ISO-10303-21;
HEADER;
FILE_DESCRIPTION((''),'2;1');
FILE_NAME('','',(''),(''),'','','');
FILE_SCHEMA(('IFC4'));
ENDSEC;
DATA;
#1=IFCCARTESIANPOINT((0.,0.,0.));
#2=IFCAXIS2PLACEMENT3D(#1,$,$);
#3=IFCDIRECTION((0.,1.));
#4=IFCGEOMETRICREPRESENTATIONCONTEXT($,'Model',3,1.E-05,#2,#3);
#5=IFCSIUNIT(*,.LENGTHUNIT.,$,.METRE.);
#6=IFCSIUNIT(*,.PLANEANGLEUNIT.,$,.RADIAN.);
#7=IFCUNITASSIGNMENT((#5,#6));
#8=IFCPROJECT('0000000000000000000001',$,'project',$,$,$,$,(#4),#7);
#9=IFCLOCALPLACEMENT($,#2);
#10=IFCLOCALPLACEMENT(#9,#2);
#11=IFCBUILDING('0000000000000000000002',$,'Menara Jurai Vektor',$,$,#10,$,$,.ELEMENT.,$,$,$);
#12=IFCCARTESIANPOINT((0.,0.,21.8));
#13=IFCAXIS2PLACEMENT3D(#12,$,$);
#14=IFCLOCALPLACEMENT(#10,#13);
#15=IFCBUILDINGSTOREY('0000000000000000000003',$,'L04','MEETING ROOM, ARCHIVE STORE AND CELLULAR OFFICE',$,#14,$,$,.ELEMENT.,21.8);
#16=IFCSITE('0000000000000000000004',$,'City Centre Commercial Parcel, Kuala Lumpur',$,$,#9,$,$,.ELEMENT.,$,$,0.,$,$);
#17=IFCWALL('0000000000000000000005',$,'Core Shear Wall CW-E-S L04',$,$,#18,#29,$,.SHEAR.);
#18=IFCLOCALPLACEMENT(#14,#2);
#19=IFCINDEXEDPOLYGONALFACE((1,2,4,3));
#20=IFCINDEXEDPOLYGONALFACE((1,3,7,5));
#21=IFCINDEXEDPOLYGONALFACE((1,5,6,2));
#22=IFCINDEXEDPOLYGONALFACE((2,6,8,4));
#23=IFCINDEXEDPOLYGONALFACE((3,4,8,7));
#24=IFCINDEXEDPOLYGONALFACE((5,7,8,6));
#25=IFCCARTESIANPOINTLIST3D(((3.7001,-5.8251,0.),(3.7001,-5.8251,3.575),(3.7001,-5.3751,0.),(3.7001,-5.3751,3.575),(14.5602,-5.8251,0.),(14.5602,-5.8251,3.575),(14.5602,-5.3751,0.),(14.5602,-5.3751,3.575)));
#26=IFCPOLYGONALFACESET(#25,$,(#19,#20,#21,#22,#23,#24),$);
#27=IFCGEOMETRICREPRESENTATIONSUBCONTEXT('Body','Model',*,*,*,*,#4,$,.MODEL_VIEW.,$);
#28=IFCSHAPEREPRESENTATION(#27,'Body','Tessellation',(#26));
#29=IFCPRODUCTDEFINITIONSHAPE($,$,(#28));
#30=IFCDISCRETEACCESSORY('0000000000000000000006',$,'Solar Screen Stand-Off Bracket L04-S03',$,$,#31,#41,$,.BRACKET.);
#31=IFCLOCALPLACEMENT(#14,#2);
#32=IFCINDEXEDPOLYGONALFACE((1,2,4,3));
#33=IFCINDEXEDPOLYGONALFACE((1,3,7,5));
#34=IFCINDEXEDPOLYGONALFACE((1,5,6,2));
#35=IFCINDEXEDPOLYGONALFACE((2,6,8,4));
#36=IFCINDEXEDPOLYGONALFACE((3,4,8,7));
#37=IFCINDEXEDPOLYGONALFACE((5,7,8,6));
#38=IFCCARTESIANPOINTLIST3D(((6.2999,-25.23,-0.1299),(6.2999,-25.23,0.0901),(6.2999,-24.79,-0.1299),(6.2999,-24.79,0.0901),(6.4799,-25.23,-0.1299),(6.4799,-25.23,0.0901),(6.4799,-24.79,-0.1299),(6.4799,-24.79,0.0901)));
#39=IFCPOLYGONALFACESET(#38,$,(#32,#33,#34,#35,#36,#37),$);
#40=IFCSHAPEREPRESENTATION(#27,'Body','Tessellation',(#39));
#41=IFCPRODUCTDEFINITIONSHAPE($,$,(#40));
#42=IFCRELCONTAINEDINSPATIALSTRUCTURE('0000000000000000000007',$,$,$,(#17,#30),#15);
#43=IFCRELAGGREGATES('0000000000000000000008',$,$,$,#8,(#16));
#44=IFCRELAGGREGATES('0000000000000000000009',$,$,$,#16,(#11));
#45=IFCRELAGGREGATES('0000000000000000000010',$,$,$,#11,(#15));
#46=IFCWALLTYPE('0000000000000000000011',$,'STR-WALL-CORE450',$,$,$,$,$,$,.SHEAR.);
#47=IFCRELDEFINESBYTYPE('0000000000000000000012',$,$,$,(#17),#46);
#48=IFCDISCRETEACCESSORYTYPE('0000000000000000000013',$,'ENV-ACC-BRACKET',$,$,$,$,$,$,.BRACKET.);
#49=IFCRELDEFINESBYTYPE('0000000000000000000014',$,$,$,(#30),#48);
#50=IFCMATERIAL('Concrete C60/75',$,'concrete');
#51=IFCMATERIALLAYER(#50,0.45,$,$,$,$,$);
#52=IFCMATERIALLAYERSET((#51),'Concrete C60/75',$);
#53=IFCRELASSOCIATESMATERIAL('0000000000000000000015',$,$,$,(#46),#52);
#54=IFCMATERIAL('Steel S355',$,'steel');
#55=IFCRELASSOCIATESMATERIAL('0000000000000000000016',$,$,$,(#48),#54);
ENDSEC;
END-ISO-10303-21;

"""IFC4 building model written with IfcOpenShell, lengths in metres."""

from ifc_helpers import new_model, si_unit, direction, frame, frame_2d, origin, origin_2d, place, context, subcontext, project, spatial, rectangle, extrude, material, layer, layer_set, type_object, element, save


model = new_model("IFC4")

# Units and contexts
model_context = context("Model", 3, precision=1e-05, world=origin(), true_north=direction((0.0, 1.0)))
body_context = subcontext(model_context, "Body", "Model", "MODEL_VIEW")
ifc_project = project(units=[si_unit("LENGTHUNIT", "METRE"), si_unit("PLANEANGLEUNIT", "RADIAN")], contexts=[model_context])

# Site, building, storey
site_placement = place(None, origin())
site = spatial("IfcSite", under=ifc_project, at=site_placement, Name="City Centre Commercial Parcel, Kuala Lumpur", CompositionType="ELEMENT", RefElevation=0.0)
building_placement = place(site_placement, origin())
building = spatial("IfcBuilding", under=site, at=building_placement, Name="Menara Jurai Vektor", CompositionType="ELEMENT")
storey_placement = place(building_placement, frame((0.0, 0.0, 21.8)))
storey = spatial("IfcBuildingStorey", under=building, at=storey_placement, Name="L04", Description="MEETING ROOM, ARCHIVE STORE AND CELLULAR OFFICE", CompositionType="ELEMENT", Elevation=21.8)

# Shared definitions
ifc_material_1 = material(Name="Concrete C60/75", Category="concrete")

# Shared definitions
ifc_material_2 = material(Name="Steel S355", Category="steel")

# Wall
ifc_layer_1 = layer(ifc_material_1, 0.45)
ifc_layer_set_1 = layer_set([ifc_layer_1], Name="Concrete C60/75")
wall_type_1 = type_object("IfcWallType", Name="STR-WALL-CORE450", PredefinedType="SHEAR", material=ifc_layer_set_1)
wall_1_placement = place(storey_placement, frame((3.7, -5.6001, 0.0), z_axis=(0.0, 0.0, 1.0), x_axis=(1.0, 0.0, 0.0)))
element("IfcWall", 1, at=wall_1_placement, inside=storey, type_object=wall_type_1, Name="Core Shear Wall CW-E-S L04", PredefinedType="SHEAR", context=body_context, shape_type="SweptSolid", body=[
    extrude(rectangle(XDim=10.8601, YDim=0.45, at=frame_2d((5.4302, 0.0))), origin(), (0.0, 0.0, 1.0), 3.575),
])

# Discrete accessory
discrete_accessory_type = type_object("IfcDiscreteAccessoryType", Name="ENV-ACC-BRACKET", PredefinedType="BRACKET", material=ifc_material_2)
discrete_accessory_placement = place(storey_placement, frame((6.3899, -25.01, -0.1299), z_axis=(0.0, 0.0, 1.0), x_axis=(1.0, 0.0, 0.0)))
element("IfcDiscreteAccessory", 2, at=discrete_accessory_placement, inside=storey, type_object=discrete_accessory_type, Name="Solar Screen Stand-Off Bracket L04-S03", PredefinedType="BRACKET", context=body_context, shape_type="SweptSolid", body=[
    extrude(rectangle(XDim=0.1799, YDim=0.4399, at=origin_2d()), origin(), (0.0, 0.0, 1.0), 0.22),
])

save(model, "model.ifc")
